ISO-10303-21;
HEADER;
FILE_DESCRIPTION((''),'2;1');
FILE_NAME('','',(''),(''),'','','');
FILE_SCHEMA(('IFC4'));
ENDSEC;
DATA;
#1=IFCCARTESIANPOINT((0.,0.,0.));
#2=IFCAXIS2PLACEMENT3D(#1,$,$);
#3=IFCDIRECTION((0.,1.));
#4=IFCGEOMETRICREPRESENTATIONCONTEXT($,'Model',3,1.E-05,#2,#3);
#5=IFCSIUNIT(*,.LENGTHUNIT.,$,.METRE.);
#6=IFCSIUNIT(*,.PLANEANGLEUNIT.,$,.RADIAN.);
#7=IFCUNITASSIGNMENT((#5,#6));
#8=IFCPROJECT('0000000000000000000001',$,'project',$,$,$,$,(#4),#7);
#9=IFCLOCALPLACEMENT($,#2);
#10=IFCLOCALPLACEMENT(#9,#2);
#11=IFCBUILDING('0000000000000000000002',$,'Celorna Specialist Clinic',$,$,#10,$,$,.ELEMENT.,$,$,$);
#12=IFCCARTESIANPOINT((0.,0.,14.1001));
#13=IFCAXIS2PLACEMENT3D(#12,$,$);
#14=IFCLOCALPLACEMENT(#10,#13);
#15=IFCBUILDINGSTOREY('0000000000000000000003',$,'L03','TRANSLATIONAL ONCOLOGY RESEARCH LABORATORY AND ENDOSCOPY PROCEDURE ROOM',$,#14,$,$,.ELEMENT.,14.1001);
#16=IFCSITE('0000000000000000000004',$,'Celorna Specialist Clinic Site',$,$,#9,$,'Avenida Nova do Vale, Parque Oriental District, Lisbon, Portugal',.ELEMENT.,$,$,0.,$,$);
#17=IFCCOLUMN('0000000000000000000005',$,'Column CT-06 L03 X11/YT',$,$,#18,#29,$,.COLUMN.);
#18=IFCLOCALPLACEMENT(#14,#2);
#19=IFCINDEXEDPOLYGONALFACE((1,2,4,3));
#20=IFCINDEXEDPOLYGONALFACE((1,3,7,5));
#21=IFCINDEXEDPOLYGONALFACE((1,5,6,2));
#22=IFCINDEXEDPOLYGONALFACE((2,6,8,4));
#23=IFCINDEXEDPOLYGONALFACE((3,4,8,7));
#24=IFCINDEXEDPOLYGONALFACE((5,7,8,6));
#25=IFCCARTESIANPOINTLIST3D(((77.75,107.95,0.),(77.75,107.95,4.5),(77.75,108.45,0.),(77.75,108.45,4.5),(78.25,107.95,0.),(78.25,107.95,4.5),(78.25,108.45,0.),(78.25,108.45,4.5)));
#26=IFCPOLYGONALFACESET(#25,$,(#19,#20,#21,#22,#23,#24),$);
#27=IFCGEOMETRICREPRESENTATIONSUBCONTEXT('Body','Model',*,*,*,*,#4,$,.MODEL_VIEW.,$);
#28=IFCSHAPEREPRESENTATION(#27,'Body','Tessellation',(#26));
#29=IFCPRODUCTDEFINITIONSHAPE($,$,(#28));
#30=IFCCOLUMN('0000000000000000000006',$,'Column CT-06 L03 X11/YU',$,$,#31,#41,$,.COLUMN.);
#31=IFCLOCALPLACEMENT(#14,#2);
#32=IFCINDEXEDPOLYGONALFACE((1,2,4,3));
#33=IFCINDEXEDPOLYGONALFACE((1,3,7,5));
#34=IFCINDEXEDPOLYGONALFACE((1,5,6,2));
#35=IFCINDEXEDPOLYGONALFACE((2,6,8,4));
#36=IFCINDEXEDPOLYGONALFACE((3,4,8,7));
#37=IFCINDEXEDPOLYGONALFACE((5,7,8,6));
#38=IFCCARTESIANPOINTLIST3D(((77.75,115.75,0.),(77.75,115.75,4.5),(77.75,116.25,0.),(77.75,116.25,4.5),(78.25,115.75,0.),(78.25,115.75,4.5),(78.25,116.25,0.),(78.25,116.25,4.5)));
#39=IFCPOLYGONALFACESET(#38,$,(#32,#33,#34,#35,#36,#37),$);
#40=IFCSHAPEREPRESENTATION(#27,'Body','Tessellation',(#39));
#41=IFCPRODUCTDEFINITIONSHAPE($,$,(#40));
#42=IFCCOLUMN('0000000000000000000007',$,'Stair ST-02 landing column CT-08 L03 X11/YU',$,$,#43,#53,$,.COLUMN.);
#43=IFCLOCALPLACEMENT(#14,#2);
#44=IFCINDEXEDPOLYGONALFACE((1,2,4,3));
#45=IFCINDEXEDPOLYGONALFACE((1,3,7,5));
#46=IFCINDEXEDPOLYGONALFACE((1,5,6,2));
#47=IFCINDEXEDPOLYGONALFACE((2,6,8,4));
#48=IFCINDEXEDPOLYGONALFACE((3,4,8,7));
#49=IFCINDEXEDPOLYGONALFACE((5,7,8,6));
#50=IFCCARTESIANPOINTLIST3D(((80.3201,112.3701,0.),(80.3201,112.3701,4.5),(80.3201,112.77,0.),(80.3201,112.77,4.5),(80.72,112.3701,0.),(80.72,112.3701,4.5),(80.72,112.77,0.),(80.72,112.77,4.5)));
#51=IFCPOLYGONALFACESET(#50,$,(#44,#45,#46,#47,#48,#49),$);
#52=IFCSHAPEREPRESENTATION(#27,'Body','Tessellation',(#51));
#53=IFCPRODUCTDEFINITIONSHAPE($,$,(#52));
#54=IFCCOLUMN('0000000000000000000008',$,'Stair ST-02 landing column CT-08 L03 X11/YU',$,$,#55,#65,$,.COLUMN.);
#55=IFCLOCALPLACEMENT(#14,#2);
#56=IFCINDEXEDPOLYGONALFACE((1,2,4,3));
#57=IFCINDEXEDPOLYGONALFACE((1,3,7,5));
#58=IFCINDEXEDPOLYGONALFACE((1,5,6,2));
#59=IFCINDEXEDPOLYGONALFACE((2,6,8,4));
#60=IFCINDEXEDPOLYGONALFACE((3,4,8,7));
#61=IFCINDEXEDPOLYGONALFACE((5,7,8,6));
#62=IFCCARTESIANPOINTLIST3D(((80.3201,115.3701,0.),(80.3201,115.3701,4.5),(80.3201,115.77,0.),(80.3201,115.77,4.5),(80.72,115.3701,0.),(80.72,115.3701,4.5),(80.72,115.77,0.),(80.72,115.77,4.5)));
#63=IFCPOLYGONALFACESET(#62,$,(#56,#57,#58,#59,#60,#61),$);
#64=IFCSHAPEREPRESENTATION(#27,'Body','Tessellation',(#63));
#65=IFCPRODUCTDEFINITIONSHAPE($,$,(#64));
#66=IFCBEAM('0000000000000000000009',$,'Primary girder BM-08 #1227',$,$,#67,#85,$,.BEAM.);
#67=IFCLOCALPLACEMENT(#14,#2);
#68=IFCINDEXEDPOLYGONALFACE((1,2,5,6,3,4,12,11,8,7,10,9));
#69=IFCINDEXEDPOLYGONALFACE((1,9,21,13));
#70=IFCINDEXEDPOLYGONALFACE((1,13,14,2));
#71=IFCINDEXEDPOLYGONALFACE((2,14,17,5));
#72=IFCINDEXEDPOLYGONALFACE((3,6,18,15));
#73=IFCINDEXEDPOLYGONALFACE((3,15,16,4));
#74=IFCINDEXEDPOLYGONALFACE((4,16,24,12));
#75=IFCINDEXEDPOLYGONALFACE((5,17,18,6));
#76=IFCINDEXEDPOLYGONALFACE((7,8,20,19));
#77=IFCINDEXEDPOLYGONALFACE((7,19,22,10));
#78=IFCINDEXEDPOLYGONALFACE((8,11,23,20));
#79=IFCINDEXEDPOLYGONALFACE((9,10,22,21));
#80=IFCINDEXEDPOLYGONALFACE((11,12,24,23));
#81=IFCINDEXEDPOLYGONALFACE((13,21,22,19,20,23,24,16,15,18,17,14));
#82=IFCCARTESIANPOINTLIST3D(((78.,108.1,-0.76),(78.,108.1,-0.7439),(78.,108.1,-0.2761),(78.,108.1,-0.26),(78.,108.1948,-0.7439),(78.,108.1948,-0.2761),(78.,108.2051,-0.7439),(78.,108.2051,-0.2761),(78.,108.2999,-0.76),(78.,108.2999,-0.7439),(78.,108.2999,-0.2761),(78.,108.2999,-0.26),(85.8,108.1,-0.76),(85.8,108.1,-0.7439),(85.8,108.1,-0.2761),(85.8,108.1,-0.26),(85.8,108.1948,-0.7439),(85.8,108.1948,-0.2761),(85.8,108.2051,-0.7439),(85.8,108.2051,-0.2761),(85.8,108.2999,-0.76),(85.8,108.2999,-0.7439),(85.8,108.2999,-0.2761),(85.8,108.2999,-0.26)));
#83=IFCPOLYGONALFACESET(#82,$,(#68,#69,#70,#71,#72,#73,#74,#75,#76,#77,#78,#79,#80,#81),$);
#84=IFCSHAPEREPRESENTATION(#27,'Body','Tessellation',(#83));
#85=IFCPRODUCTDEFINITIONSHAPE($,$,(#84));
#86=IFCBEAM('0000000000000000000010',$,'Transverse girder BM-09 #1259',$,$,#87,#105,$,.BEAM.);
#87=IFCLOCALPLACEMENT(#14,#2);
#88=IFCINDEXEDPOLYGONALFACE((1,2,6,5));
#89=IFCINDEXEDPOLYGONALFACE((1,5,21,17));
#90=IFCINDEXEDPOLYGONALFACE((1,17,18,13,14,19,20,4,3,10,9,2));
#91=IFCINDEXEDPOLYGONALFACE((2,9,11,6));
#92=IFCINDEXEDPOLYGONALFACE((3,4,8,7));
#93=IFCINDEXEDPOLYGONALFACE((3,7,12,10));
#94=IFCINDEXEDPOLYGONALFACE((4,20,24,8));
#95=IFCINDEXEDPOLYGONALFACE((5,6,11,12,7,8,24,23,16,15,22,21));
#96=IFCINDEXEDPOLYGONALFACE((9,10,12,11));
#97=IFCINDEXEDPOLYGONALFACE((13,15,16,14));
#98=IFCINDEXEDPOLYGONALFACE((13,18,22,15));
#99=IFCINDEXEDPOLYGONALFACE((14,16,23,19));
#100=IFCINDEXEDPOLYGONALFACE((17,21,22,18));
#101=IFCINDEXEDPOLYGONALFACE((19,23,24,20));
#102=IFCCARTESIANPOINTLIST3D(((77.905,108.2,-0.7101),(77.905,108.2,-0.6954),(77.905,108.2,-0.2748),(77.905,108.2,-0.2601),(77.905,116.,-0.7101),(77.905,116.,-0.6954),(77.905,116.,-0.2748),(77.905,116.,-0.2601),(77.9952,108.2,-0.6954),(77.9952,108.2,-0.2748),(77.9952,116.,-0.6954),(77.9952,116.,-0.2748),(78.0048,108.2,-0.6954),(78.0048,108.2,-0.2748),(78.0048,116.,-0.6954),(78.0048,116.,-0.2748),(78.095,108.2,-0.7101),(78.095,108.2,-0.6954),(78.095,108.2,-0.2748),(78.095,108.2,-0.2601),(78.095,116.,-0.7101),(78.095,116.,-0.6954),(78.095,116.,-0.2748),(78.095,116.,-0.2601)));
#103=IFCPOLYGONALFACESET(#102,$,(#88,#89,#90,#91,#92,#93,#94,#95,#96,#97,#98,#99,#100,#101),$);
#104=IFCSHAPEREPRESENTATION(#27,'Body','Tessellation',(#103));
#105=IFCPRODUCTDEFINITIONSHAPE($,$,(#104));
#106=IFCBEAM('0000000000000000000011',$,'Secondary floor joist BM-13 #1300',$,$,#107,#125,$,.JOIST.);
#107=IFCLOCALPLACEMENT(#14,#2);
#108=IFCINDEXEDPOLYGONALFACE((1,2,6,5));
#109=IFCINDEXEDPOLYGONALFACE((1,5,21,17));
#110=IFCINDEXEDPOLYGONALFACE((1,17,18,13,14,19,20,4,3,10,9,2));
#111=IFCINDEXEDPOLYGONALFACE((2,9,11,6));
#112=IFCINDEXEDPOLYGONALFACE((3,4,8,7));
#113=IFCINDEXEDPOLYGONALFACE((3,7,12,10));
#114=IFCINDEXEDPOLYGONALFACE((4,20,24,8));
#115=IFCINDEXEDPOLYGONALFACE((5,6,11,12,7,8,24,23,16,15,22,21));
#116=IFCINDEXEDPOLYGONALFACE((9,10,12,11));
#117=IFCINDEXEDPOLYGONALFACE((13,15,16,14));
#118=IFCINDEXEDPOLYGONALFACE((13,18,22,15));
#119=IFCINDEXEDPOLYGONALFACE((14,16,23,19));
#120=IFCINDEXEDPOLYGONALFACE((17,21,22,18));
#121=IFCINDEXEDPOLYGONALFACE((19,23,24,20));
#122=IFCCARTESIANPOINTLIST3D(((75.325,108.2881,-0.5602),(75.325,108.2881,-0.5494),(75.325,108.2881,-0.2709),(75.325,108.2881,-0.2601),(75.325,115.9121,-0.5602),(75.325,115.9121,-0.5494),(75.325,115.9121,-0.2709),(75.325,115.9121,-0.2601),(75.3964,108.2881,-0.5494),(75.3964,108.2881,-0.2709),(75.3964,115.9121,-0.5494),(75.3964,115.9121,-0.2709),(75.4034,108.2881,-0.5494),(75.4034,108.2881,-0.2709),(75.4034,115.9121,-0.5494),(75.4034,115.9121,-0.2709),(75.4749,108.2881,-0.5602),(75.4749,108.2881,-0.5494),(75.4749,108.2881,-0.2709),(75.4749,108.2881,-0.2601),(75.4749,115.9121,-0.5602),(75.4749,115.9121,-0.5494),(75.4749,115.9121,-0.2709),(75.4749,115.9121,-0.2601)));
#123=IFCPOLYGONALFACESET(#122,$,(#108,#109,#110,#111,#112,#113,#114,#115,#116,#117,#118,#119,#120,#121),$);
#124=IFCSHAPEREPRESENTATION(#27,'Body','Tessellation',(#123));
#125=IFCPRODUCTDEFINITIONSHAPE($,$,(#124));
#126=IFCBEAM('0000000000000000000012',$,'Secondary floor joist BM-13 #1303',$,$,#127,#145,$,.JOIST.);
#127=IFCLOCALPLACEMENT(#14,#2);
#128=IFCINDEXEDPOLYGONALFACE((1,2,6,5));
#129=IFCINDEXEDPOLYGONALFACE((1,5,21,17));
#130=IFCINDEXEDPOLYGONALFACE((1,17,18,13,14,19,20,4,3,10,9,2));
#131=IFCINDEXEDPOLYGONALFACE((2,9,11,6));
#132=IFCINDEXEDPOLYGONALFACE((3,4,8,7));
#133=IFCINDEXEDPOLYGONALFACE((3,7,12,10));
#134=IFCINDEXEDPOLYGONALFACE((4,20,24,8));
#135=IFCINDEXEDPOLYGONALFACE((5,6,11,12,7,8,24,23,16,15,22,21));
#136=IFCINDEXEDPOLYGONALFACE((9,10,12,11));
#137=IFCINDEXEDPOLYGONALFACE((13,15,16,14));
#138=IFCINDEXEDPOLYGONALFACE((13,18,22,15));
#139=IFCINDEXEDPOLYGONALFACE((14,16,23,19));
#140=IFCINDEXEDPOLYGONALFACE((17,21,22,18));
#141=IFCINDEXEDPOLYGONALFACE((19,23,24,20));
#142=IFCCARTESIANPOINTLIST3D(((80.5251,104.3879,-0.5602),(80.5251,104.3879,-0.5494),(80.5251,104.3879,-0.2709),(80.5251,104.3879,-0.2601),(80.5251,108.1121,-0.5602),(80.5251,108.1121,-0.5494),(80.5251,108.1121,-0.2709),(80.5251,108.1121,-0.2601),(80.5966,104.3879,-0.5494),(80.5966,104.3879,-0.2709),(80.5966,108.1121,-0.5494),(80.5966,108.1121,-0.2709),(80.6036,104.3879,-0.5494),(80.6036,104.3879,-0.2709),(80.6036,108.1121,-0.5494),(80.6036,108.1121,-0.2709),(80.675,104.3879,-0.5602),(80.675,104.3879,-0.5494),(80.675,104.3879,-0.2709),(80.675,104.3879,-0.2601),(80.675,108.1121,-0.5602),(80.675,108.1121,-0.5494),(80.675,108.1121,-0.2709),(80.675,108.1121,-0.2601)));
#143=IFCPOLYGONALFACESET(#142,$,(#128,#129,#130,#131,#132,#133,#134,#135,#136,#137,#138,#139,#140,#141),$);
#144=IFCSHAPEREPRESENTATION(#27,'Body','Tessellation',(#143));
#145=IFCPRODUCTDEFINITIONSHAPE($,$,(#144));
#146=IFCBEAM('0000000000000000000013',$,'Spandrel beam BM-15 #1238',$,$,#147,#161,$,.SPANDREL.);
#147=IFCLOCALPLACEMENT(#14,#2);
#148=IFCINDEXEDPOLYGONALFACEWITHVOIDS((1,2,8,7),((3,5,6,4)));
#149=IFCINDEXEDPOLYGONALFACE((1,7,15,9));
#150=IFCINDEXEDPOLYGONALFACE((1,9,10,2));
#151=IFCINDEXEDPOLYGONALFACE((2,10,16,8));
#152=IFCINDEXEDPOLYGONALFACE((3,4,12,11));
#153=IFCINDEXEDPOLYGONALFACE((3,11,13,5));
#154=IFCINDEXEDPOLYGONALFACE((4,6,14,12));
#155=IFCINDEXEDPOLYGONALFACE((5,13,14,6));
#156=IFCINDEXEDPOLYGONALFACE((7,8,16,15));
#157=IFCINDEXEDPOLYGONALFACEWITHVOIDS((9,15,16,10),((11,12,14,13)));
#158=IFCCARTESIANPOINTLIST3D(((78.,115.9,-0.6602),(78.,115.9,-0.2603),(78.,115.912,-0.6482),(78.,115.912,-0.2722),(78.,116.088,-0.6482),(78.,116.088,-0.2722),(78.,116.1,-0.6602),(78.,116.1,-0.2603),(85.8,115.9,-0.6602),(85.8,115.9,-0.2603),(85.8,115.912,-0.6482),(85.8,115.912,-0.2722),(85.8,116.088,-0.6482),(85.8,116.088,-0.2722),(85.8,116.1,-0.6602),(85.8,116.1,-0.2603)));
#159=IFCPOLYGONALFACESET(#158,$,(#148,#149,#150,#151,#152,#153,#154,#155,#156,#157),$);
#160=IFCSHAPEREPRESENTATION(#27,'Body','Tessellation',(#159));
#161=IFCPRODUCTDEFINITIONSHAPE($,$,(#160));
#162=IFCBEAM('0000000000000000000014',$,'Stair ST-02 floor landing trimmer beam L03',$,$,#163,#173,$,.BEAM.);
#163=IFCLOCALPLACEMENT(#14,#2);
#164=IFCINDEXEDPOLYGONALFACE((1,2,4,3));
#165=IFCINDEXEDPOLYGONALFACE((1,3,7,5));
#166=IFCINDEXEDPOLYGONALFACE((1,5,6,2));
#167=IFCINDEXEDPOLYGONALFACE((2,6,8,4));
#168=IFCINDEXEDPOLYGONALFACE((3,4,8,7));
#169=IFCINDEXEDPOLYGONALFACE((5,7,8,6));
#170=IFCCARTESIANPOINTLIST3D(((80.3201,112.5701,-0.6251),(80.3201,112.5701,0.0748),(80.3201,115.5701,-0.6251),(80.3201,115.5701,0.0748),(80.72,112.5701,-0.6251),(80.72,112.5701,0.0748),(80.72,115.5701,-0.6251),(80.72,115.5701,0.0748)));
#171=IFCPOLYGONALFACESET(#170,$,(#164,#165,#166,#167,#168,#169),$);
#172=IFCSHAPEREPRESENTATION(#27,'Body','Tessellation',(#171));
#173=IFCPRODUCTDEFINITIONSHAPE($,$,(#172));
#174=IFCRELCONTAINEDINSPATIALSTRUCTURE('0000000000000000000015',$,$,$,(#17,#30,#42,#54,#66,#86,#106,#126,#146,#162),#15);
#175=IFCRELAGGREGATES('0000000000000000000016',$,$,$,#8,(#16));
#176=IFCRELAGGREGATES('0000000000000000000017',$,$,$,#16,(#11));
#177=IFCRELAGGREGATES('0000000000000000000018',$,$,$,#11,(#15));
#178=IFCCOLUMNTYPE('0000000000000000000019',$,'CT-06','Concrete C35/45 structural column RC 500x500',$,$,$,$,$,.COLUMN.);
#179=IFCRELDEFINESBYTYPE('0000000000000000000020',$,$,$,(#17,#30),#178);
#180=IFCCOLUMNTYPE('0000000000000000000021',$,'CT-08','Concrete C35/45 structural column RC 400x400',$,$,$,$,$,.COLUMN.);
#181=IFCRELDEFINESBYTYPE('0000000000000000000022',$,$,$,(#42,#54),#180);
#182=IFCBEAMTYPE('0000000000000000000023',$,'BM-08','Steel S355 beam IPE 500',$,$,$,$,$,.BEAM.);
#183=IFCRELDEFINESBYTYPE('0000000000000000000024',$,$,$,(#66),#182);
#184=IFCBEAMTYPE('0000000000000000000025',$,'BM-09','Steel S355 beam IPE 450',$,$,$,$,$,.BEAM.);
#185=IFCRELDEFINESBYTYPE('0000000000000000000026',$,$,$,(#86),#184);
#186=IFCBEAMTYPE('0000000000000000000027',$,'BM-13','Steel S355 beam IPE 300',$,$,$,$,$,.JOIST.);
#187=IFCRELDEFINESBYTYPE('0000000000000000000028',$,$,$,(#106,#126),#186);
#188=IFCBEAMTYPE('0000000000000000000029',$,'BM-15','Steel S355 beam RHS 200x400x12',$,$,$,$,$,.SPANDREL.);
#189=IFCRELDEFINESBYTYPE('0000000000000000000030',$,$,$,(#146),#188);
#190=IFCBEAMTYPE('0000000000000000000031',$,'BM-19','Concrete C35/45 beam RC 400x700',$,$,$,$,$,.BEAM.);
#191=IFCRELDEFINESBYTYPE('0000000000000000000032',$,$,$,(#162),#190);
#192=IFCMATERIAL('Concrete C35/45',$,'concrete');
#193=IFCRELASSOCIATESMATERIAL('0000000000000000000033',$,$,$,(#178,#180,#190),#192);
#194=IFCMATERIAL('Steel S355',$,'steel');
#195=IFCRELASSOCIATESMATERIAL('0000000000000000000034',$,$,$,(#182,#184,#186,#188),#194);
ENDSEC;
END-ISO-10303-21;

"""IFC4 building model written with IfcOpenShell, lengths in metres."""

from ifc_helpers import new_model, si_unit, direction, frame, origin, origin_2d, place, context, subcontext, project, spatial, rectangle, hollow_rectangle, i_section, extrude, material, material_profile, profile_set, type_object, element, save


model = new_model("IFC4")

# Units and contexts
model_context = context("Model", 3, precision=1e-05, world=origin(), true_north=direction((0.0, 1.0)))
body_context = subcontext(model_context, "Body", "Model", "MODEL_VIEW")
ifc_project = project(units=[si_unit("LENGTHUNIT", "METRE"), si_unit("PLANEANGLEUNIT", "RADIAN")], contexts=[model_context])

# Site, building, storey
site_placement = place(None, origin())
site = spatial("IfcSite", under=ifc_project, at=site_placement, Name="Celorna Specialist Clinic Site", LongName="Avenida Nova do Vale, Parque Oriental District, Lisbon, Portugal", CompositionType="ELEMENT", RefElevation=0.0)
building_placement = place(site_placement, origin())
building = spatial("IfcBuilding", under=site, at=building_placement, Name="Celorna Specialist Clinic", CompositionType="ELEMENT")
storey_placement = place(building_placement, frame((0.0, 0.0, 14.1001)))
storey = spatial("IfcBuildingStorey", under=building, at=storey_placement, Name="L03", Description="TRANSLATIONAL ONCOLOGY RESEARCH LABORATORY AND ENDOSCOPY PROCEDURE ROOM", CompositionType="ELEMENT", Elevation=14.1001)

# Columns
ifc_material_1 = material(Name="Concrete C35/45", Category="concrete")
ifc_material_profile_1 = material_profile(ifc_material_1, rectangle(XDim=0.5, YDim=0.5, at=origin_2d()), Name="RC 500x500")
ifc_profile_set_1 = profile_set([ifc_material_profile_1], Name="Concrete C35/45")
column_type_1 = type_object("IfcColumnType", Name="CT-06", Description="Concrete C35/45 structural column RC 500x500", PredefinedType="COLUMN", material=ifc_profile_set_1)
for number, where, z_axis, x_axis, name in (
    (1, (78.0, 108.2, 0.0), (0.0, 0.0, 1.0), (1.0, 0.0, 0.0), "Column CT-06 L03 X11/YT"),
    (2, (78.0, 116.0, 0.0), (0.0, 0.0, 1.0), (1.0, 0.0, 0.0), "Column CT-06 L03 X11/YU"),
):
    element("IfcColumn", number, at=place(storey_placement, frame(where, z_axis=z_axis, x_axis=x_axis)), inside=storey, type_object=column_type_1, Name=name, PredefinedType="COLUMN", context=body_context, shape_type="SweptSolid", body=[
        extrude(rectangle(XDim=0.5, YDim=0.5, at=origin_2d()), origin(), (0.0, 0.0, 1.0), 4.5),
    ])
ifc_material_profile_2 = material_profile(ifc_material_1, rectangle(XDim=0.3999, YDim=0.3999, at=origin_2d()), Name="RC 400x400")
ifc_profile_set_2 = profile_set([ifc_material_profile_2], Name="Concrete C35/45")
column_type_2 = type_object("IfcColumnType", Name="CT-08", Description="Concrete C35/45 structural column RC 400x400", PredefinedType="COLUMN", material=ifc_profile_set_2)
for number, where, z_axis, x_axis, name in (
    (3, (80.52, 112.5701, 0.0), (0.0, 0.0, 1.0), (1.0, 0.0, 0.0), "Stair ST-02 landing column CT-08 L03 X11/YU"),
    (4, (80.52, 115.5701, 0.0), (0.0, 0.0, 1.0), (1.0, 0.0, 0.0), "Stair ST-02 landing column CT-08 L03 X11/YU"),
):
    element("IfcColumn", number, at=place(storey_placement, frame(where, z_axis=z_axis, x_axis=x_axis)), inside=storey, type_object=column_type_2, Name=name, PredefinedType="COLUMN", context=body_context, shape_type="SweptSolid", body=[
        extrude(rectangle(XDim=0.3999, YDim=0.3999, at=origin_2d()), origin(), (0.0, 0.0, 1.0), 4.5),
    ])

# Beams
ifc_material_2 = material(Name="Steel S355", Category="steel")
ifc_material_profile_3 = material_profile(ifc_material_2, i_section(OverallWidth=0.2, OverallDepth=0.5, WebThickness=0.0103, FlangeThickness=0.0161, at=origin_2d()), Name="IPE 500")
ifc_profile_set_3 = profile_set([ifc_material_profile_3], Name="Steel S355")
beam_type_1 = type_object("IfcBeamType", Name="BM-08", Description="Steel S355 beam IPE 500", PredefinedType="BEAM", material=ifc_profile_set_3)
beam_1_placement = place(storey_placement, frame((78.0, 108.2, -0.51), z_axis=(1.0, 0.0, 0.0), x_axis=(0.0, 1.0, 0.0)))
element("IfcBeam", 5, at=beam_1_placement, inside=storey, type_object=beam_type_1, Name="Primary girder BM-08 #1227", PredefinedType="BEAM", context=body_context, shape_type="SweptSolid", body=[
    extrude(i_section(OverallWidth=0.2, OverallDepth=0.5, WebThickness=0.0103, FlangeThickness=0.0161, at=origin_2d()), origin(), (0.0, 0.0, 1.0), 7.8),
])
ifc_material_profile_4 = material_profile(ifc_material_2, i_section(OverallWidth=0.1899, OverallDepth=0.45, WebThickness=0.0095, FlangeThickness=0.0146, at=origin_2d()), Name="IPE 450")
ifc_profile_set_4 = profile_set([ifc_material_profile_4], Name="Steel S355")
beam_type_2 = type_object("IfcBeamType", Name="BM-09", Description="Steel S355 beam IPE 450", PredefinedType="BEAM", material=ifc_profile_set_4)
beam_2_placement = place(storey_placement, frame((78.0, 108.2, -0.4851), z_axis=(0.0, 1.0, 0.0), x_axis=(-1.0, 0.0, 0.0)))
element("IfcBeam", 6, at=beam_2_placement, inside=storey, type_object=beam_type_2, Name="Transverse girder BM-09 #1259", PredefinedType="BEAM", context=body_context, shape_type="SweptSolid", body=[
    extrude(i_section(OverallWidth=0.1899, OverallDepth=0.45, WebThickness=0.0095, FlangeThickness=0.0146, at=origin_2d()), origin(), (0.0, 0.0, 1.0), 7.8),
])
ifc_material_profile_5 = material_profile(ifc_material_2, i_section(OverallWidth=0.1499, OverallDepth=0.3, WebThickness=0.0071, FlangeThickness=0.0107, at=origin_2d()), Name="IPE 300")
ifc_profile_set_5 = profile_set([ifc_material_profile_5], Name="Steel S355")
beam_type_3 = type_object("IfcBeamType", Name="BM-13", Description="Steel S355 beam IPE 300", PredefinedType="JOIST", material=ifc_profile_set_5)
beam_3_placement = place(storey_placement, frame((75.3999, 108.2881, -0.4102), z_axis=(0.0, 1.0, 0.0), x_axis=(-1.0, 0.0, 0.0)))
element("IfcBeam", 7, at=beam_3_placement, inside=storey, type_object=beam_type_3, Name="Secondary floor joist BM-13 #1300", PredefinedType="JOIST", context=body_context, shape_type="SweptSolid", body=[
    extrude(i_section(OverallWidth=0.1499, OverallDepth=0.3, WebThickness=0.0071, FlangeThickness=0.0107, at=origin_2d()), origin(), (0.0, 0.0, 1.0), 7.624),
])
beam_4_placement = place(storey_placement, frame((80.6001, 104.3879, -0.4102), z_axis=(0.0, 1.0, 0.0), x_axis=(-1.0, 0.0, 0.0)))
element("IfcBeam", 8, at=beam_4_placement, inside=storey, type_object=beam_type_3, Name="Secondary floor joist BM-13 #1303", PredefinedType="JOIST", context=body_context, shape_type="SweptSolid", body=[
    extrude(i_section(OverallWidth=0.1499, OverallDepth=0.3, WebThickness=0.0071, FlangeThickness=0.0107, at=origin_2d()), origin(), (0.0, 0.0, 1.0), 3.7241),
])
ifc_material_profile_6 = material_profile(ifc_material_2, hollow_rectangle(XDim=0.2, YDim=0.3999, WallThickness=0.012, at=origin_2d()), Name="RHS 200x400x12")
ifc_profile_set_6 = profile_set([ifc_material_profile_6], Name="Steel S355")
beam_type_4 = type_object("IfcBeamType", Name="BM-15", Description="Steel S355 beam RHS 200x400x12", PredefinedType="SPANDREL", material=ifc_profile_set_6)
beam_5_placement = place(storey_placement, frame((78.0, 116.0, -0.4602), z_axis=(1.0, 0.0, 0.0), x_axis=(0.0, 1.0, 0.0)))
element("IfcBeam", 9, at=beam_5_placement, inside=storey, type_object=beam_type_4, Name="Spandrel beam BM-15 #1238", PredefinedType="SPANDREL", context=body_context, shape_type="SweptSolid", body=[
    extrude(hollow_rectangle(XDim=0.2, YDim=0.3999, WallThickness=0.012, at=origin_2d()), origin(), (0.0, 0.0, 1.0), 7.8),
])
ifc_material_profile_7 = material_profile(ifc_material_1, rectangle(XDim=0.3999, YDim=0.7, at=origin_2d()), Name="RC 400x700")
ifc_profile_set_7 = profile_set([ifc_material_profile_7], Name="Concrete C35/45")
beam_type_5 = type_object("IfcBeamType", Name="BM-19", Description="Concrete C35/45 beam RC 400x700", PredefinedType="BEAM", material=ifc_profile_set_7)
beam_6_placement = place(storey_placement, frame((80.52, 112.5701, -0.2751), z_axis=(0.0, 1.0, 0.0), x_axis=(-1.0, 0.0, 0.0)))
element("IfcBeam", 10, at=beam_6_placement, inside=storey, type_object=beam_type_5, Name="Stair ST-02 floor landing trimmer beam L03", PredefinedType="BEAM", context=body_context, shape_type="SweptSolid", body=[
    extrude(rectangle(XDim=0.3999, YDim=0.7, at=origin_2d()), origin(), (0.0, 0.0, 1.0), 3.0),
])

save(model, "model.ifc")
